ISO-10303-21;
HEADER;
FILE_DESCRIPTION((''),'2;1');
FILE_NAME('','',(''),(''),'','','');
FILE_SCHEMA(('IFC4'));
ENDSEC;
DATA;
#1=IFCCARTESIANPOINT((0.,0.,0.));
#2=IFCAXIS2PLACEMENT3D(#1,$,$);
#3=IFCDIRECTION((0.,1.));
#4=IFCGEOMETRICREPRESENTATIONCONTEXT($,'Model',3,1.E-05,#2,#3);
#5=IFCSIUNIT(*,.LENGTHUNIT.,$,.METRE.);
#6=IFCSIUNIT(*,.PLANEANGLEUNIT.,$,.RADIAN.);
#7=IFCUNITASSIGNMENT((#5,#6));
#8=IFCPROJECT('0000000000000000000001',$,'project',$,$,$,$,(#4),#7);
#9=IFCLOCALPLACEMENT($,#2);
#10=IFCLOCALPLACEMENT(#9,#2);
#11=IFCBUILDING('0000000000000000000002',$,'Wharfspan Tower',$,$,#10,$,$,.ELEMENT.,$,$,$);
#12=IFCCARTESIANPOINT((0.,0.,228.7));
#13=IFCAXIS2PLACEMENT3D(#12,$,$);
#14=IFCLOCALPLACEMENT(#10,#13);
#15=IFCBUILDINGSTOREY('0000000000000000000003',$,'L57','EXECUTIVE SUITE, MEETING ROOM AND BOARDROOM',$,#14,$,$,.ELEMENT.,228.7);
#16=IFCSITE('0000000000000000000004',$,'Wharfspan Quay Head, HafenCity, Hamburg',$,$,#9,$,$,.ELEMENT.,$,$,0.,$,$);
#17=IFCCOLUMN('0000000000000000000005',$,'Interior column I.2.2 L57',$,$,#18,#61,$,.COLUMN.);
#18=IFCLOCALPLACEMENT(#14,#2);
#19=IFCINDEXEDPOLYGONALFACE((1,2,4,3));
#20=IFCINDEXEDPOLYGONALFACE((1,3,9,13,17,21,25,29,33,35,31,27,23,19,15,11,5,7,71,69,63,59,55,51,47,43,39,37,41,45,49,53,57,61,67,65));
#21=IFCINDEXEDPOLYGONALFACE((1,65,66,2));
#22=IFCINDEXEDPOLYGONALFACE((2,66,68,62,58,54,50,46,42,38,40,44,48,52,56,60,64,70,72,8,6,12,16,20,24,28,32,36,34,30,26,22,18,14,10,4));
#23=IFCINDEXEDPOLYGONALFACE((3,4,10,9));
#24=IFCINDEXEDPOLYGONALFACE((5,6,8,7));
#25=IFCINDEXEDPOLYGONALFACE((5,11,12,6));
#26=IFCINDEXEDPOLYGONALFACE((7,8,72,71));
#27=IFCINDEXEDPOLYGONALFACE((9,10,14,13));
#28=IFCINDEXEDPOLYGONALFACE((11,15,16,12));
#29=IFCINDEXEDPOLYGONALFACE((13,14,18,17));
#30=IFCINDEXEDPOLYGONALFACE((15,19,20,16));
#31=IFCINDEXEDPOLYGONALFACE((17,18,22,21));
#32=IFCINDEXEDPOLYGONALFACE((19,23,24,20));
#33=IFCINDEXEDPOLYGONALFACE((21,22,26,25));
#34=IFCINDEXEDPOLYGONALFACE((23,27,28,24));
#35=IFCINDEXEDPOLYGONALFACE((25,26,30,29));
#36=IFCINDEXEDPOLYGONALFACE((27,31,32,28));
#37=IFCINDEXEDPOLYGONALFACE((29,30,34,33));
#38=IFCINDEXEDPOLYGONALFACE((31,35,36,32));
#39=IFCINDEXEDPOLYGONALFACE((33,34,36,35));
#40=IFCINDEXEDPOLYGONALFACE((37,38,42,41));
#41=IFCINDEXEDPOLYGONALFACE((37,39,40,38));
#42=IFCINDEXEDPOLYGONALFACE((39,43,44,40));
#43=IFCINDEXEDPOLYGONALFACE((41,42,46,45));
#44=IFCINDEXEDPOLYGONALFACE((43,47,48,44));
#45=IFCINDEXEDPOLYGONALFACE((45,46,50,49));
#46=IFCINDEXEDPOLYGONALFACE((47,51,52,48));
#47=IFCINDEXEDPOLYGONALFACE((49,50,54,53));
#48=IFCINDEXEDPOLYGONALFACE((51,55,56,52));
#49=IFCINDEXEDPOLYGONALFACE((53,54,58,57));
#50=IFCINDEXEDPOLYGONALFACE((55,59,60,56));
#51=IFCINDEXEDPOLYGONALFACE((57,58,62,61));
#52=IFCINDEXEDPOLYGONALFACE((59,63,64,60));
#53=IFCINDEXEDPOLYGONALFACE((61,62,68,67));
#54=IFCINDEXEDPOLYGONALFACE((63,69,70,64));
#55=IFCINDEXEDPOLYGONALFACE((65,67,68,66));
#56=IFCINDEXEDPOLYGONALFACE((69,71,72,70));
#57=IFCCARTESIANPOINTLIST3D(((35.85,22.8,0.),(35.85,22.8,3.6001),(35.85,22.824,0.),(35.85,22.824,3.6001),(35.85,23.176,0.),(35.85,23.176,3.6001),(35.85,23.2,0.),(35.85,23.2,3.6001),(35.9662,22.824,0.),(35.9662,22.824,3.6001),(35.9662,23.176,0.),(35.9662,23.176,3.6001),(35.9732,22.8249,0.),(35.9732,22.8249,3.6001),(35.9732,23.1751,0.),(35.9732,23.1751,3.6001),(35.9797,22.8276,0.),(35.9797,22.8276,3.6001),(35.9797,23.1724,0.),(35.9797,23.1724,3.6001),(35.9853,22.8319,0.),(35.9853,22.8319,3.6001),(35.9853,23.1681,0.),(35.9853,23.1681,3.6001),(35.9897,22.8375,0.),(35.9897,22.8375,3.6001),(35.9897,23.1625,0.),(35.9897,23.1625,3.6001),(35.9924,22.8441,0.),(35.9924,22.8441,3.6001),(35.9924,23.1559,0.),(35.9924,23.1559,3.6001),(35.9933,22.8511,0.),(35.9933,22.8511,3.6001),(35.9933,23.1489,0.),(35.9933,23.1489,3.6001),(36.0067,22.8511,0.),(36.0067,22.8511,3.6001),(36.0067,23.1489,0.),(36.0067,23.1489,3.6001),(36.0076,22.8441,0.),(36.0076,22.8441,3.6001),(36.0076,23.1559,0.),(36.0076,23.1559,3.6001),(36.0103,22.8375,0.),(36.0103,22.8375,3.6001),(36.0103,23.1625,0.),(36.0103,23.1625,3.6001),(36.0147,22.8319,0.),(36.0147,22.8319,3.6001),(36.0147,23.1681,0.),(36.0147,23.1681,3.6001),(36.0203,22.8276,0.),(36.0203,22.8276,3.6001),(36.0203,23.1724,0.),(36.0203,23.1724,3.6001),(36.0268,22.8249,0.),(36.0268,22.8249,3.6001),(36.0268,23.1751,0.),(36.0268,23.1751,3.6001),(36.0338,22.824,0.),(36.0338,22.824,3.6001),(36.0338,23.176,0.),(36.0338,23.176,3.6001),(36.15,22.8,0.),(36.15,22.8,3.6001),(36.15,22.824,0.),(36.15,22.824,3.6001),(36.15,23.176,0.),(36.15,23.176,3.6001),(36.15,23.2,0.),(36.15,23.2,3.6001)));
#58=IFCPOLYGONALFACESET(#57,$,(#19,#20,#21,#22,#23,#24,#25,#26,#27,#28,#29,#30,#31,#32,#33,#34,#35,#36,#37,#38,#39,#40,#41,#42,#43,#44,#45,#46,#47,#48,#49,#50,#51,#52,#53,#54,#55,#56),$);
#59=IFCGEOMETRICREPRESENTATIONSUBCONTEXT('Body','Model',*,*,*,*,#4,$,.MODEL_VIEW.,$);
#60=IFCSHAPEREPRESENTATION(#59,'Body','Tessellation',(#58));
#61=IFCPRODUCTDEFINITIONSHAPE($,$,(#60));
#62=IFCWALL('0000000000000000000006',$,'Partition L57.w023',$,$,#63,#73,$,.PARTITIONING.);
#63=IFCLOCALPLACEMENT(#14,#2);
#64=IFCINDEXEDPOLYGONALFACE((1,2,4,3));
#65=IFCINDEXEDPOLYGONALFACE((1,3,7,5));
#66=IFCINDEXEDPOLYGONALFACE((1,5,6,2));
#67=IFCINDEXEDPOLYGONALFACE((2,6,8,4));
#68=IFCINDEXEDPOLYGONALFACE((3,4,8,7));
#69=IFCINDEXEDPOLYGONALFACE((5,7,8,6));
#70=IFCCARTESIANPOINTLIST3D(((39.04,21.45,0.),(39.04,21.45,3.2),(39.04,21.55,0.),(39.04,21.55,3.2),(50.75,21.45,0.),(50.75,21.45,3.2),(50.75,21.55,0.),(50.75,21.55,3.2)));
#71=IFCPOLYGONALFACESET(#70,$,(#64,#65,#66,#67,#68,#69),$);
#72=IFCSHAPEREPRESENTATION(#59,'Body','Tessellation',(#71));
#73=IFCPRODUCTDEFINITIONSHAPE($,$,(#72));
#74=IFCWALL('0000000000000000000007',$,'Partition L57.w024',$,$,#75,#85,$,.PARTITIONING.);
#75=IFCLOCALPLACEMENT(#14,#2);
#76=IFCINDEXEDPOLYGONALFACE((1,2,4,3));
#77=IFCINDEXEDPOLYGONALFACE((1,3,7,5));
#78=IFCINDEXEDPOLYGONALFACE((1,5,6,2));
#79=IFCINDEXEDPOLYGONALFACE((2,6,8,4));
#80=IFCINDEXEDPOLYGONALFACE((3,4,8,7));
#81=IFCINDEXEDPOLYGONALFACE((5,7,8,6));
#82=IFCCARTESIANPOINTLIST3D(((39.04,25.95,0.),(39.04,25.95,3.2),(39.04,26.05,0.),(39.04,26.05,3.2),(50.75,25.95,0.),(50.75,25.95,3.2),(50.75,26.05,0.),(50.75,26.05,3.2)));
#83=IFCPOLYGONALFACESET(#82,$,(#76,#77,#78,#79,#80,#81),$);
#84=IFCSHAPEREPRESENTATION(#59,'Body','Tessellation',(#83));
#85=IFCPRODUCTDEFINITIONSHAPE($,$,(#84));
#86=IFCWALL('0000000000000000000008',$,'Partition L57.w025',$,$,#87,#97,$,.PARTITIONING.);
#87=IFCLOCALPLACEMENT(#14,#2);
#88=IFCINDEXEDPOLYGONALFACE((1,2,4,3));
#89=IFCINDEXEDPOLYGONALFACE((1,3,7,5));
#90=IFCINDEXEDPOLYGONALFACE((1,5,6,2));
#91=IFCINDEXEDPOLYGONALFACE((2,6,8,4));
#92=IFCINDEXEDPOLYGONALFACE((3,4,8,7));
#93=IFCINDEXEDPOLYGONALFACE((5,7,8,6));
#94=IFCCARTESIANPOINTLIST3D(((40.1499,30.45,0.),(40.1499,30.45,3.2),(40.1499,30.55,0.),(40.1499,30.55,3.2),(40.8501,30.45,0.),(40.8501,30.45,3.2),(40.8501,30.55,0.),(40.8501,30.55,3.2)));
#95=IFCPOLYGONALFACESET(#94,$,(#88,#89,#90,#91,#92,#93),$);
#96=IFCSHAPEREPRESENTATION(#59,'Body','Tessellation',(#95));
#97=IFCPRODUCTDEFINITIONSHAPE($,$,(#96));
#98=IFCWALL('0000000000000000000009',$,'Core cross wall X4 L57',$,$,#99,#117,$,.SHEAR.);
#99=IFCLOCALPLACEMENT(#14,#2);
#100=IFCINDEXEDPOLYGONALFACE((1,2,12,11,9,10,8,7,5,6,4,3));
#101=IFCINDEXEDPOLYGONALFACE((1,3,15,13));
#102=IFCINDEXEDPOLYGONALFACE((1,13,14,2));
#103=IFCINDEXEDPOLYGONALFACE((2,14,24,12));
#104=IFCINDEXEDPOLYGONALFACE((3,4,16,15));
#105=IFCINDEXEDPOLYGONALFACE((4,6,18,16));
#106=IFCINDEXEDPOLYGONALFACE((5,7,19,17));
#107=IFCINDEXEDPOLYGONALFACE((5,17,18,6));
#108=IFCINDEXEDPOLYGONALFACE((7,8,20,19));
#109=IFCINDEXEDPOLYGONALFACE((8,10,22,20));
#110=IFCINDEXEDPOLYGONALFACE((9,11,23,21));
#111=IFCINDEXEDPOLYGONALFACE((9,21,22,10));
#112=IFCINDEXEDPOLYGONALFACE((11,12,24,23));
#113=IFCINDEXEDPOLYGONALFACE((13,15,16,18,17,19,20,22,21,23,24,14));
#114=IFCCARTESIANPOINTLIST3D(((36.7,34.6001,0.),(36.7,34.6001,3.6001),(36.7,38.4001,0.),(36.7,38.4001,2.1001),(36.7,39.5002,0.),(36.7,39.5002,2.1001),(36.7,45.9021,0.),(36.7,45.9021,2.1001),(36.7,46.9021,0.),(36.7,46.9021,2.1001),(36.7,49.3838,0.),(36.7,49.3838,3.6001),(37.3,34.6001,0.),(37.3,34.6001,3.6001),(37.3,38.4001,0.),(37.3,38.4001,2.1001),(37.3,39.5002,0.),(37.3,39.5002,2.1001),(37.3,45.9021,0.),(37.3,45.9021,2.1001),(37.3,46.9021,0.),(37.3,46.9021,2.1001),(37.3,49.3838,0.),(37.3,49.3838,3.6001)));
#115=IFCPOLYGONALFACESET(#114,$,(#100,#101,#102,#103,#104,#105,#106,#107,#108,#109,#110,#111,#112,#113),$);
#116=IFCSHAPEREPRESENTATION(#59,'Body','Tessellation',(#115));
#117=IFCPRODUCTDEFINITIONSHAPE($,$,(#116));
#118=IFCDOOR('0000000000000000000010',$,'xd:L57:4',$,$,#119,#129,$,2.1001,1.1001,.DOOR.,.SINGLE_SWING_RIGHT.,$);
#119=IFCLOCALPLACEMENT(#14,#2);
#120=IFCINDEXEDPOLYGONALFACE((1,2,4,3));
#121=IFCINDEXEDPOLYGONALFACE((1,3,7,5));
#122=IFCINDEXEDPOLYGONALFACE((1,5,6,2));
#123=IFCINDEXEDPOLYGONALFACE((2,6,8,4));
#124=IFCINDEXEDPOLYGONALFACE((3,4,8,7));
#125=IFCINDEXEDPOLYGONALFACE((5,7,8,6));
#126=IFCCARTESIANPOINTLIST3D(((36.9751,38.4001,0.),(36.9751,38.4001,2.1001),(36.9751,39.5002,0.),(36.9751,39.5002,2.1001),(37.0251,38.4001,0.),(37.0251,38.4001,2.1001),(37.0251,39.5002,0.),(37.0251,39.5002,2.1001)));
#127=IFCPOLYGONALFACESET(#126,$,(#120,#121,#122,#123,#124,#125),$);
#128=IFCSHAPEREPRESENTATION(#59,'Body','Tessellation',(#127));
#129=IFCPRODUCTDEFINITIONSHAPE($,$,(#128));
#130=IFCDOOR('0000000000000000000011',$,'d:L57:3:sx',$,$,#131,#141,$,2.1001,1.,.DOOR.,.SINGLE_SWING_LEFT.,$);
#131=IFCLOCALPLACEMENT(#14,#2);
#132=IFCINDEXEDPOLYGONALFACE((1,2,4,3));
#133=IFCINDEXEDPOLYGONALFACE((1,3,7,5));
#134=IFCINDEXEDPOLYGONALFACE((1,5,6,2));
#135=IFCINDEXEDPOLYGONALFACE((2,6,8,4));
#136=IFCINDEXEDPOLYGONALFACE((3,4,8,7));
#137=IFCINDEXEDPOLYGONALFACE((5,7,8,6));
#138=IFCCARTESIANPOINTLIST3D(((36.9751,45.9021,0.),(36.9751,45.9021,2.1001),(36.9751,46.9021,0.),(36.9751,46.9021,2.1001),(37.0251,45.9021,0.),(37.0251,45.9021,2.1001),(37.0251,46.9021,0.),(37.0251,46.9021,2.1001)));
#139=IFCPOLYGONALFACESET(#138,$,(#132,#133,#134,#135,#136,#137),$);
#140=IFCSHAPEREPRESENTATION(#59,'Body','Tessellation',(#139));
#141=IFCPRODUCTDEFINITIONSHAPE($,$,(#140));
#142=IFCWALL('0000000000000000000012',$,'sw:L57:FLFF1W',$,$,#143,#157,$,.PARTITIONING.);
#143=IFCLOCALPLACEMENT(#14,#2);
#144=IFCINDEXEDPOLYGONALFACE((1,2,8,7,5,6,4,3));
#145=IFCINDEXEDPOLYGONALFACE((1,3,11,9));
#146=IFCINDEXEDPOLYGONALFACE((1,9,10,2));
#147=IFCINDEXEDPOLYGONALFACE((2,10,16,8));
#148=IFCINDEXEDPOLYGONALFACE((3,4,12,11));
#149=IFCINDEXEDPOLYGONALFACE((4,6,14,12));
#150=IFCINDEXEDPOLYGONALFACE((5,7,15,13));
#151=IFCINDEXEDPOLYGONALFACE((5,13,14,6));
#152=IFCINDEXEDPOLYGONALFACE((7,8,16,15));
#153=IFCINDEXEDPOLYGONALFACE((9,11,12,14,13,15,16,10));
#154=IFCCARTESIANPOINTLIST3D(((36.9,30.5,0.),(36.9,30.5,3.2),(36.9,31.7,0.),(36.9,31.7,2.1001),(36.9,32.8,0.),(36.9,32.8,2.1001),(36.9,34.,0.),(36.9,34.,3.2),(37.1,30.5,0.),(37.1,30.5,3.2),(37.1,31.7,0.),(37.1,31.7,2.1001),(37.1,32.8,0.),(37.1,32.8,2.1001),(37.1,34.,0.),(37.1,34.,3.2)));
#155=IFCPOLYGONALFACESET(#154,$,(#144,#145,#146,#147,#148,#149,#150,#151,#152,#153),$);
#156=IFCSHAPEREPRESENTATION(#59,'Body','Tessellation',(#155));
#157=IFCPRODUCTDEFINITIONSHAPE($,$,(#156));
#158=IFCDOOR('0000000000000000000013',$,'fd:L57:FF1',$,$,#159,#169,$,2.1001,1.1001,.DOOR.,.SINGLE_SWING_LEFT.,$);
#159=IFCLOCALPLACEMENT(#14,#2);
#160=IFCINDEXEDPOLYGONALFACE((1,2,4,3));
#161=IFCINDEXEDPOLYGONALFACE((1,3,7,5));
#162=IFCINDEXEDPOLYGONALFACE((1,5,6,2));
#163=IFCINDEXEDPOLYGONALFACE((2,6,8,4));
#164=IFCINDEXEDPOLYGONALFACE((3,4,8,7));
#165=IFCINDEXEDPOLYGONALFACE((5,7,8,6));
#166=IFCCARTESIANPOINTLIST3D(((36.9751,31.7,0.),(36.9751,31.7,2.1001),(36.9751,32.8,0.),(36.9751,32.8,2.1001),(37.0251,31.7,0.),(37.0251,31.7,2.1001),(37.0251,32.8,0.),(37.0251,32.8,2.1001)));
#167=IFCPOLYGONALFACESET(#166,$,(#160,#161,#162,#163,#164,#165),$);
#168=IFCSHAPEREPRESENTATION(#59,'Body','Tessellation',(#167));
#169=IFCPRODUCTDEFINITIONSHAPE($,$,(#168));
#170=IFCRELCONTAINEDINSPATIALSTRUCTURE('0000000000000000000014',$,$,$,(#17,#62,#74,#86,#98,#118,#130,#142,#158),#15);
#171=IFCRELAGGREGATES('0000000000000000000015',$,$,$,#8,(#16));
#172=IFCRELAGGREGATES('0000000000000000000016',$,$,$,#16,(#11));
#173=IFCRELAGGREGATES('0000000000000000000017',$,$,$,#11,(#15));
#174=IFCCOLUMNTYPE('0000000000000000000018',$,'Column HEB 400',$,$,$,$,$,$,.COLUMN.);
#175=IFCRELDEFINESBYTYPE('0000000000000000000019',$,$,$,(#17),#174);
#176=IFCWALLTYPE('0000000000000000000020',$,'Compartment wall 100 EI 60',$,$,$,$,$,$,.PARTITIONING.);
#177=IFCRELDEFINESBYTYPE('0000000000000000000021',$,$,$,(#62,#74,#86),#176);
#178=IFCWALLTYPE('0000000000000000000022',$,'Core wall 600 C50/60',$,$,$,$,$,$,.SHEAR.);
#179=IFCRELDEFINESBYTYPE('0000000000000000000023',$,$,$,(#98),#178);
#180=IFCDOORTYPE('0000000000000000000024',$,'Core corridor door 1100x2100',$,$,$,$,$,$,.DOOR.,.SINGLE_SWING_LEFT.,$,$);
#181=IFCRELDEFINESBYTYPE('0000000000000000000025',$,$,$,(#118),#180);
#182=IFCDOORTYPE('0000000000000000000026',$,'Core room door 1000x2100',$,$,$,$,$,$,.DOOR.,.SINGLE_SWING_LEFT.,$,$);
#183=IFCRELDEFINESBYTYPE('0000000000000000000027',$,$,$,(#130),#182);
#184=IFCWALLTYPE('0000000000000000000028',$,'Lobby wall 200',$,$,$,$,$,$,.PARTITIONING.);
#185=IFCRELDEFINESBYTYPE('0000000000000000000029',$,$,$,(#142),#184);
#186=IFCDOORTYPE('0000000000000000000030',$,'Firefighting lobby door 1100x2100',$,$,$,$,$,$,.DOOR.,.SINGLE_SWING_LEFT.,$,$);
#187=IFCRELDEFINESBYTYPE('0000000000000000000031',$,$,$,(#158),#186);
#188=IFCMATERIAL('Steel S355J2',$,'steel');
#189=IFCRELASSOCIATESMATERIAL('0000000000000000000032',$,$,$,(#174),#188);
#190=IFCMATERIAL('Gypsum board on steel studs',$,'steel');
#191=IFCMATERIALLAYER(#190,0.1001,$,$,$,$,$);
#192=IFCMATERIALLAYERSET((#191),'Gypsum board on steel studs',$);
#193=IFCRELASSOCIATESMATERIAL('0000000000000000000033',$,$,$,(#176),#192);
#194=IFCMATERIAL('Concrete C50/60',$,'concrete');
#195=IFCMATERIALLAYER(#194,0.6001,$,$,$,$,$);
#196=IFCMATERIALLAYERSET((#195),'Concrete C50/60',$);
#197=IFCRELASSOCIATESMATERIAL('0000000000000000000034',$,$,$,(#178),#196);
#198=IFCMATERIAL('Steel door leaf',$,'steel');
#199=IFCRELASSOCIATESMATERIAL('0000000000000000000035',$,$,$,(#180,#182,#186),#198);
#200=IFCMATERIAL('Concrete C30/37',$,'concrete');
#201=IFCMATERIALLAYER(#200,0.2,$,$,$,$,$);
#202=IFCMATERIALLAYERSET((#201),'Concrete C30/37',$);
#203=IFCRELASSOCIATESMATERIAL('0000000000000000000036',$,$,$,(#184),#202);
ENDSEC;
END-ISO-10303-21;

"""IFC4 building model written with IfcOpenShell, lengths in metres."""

from ifc_helpers import new_model, si_unit, direction, frame, frame_2d, origin, origin_2d, place, context, subcontext, project, spatial, rectangle, i_section, extrude, material, layer, layer_set, material_profile, profile_set, type_object, element, fill, save


model = new_model("IFC4")

# Units and contexts
model_context = context("Model", 3, precision=1e-05, world=origin(), true_north=direction((0.0, 1.0)))
body_context = subcontext(model_context, "Body", "Model", "MODEL_VIEW")
ifc_project = project(units=[si_unit("LENGTHUNIT", "METRE"), si_unit("PLANEANGLEUNIT", "RADIAN")], contexts=[model_context])

# Site, building, storey
site_placement = place(None, origin())
site = spatial("IfcSite", under=ifc_project, at=site_placement, Name="Wharfspan Quay Head, HafenCity, Hamburg", CompositionType="ELEMENT", RefElevation=0.0)
building_placement = place(site_placement, origin())
building = spatial("IfcBuilding", under=site, at=building_placement, Name="Wharfspan Tower", CompositionType="ELEMENT")
storey_placement = place(building_placement, frame((0.0, 0.0, 228.7)))
storey = spatial("IfcBuildingStorey", under=building, at=storey_placement, Name="L57", Description="EXECUTIVE SUITE, MEETING ROOM AND BOARDROOM", CompositionType="ELEMENT", Elevation=228.7)

# Column
ifc_material_1 = material(Name="Steel S355J2", Category="steel")
ifc_material_profile = material_profile(ifc_material_1, i_section(OverallWidth=0.3, OverallDepth=0.3999, WebThickness=0.0134, FlangeThickness=0.0239, FilletRadius=0.0271, at=origin_2d()))
ifc_profile_set = profile_set([ifc_material_profile], Name="Steel S355J2")
column_type = type_object("IfcColumnType", Name="Column HEB 400", PredefinedType="COLUMN", material=ifc_profile_set)
column_placement = place(storey_placement, frame((36.0, 23.0, 0.0), z_axis=(0.0, 0.0, 1.0), x_axis=(1.0, 0.0, 0.0)))
element("IfcColumn", 1, at=column_placement, inside=storey, type_object=column_type, Name="Interior column I.2.2 L57", PredefinedType="COLUMN", context=body_context, shape_type="SweptSolid", body=[
    extrude(i_section(OverallWidth=0.3, OverallDepth=0.3999, WebThickness=0.0134, FlangeThickness=0.0239, FilletRadius=0.0271, at=origin_2d()), origin(), (0.0, 0.0, 1.0), 3.6001),
])

# Walls
ifc_material_2 = material(Name="Gypsum board on steel studs", Category="steel")
ifc_layer_1 = layer(ifc_material_2, 0.1001)
ifc_layer_set_1 = layer_set([ifc_layer_1], Name="Gypsum board on steel studs")
wall_type_1 = type_object("IfcWallType", Name="Compartment wall 100 EI 60", PredefinedType="PARTITIONING", material=ifc_layer_set_1)
for number, where, z_axis, x_axis, name in (
    (2, (39.04, 21.5, 0.0), (0.0, 0.0, 1.0), (1.0, 0.0, 0.0), "Partition L57.w023"),
    (3, (39.04, 26.0, 0.0), (0.0, 0.0, 1.0), (1.0, 0.0, 0.0), "Partition L57.w024"),
):
    element("IfcWall", number, at=place(storey_placement, frame(where, z_axis=z_axis, x_axis=x_axis)), inside=storey, type_object=wall_type_1, Name=name, PredefinedType="PARTITIONING", context=body_context, shape_type="SweptSolid", body=[
        extrude(rectangle(XDim=11.71, YDim=0.1001, at=frame_2d((5.855, 0.0))), origin(), (0.0, 0.0, 1.0), 3.2),
    ])
wall_1_placement = place(storey_placement, frame((40.1499, 30.5, 0.0), z_axis=(0.0, 0.0, 1.0), x_axis=(1.0, 0.0, 0.0)))
element("IfcWall", 4, at=wall_1_placement, inside=storey, type_object=wall_type_1, Name="Partition L57.w025", PredefinedType="PARTITIONING", context=body_context, shape_type="SweptSolid", body=[
    extrude(rectangle(XDim=0.7002, YDim=0.1001, at=frame_2d((0.3501, 0.0))), origin(), (0.0, 0.0, 1.0), 3.2),
])

# Wall, openings, doors
ifc_material_3 = material(Name="Concrete C50/60", Category="concrete")
ifc_layer_2 = layer(ifc_material_3, 0.6001)
ifc_layer_set_2 = layer_set([ifc_layer_2], Name="Concrete C50/60")
wall_type_2 = type_object("IfcWallType", Name="Core wall 600 C50/60", PredefinedType="SHEAR", material=ifc_layer_set_2)
wall_2_placement = place(storey_placement, frame((37.0, 34.6001, 0.0), z_axis=(0.0, 0.0, 1.0), x_axis=(0.0, 1.0, 0.0)))
wall_2 = element("IfcWall", 5, at=wall_2_placement, inside=storey, type_object=wall_type_2, Name="Core cross wall X4 L57", PredefinedType="SHEAR", context=body_context, shape_type="SweptSolid", body=[
    extrude(rectangle(XDim=14.7837, YDim=0.6001, at=frame_2d((7.3918, 0.0))), origin(), (0.0, 0.0, 1.0), 3.6001),
])
opening_1_placement = place(wall_2_placement, frame((11.302, 0.0, 0.0)))
opening_1 = element("IfcOpeningElement", 6, at=opening_1_placement, cuts=wall_2, PredefinedType="OPENING", context=body_context, shape_type="SweptSolid", body=[
    extrude(rectangle(XDim=1.0, YDim=2.1001, at=frame_2d((0.5, 1.05))), frame((0.0, 0.3101, 0.0), z_axis=(0.0, -1.0, 0.0), x_axis=(1.0, 0.0, 0.0)), (0.0, 0.0, 1.0), 0.6201),
])
opening_2_placement = place(wall_2_placement, frame((3.8, 0.0, 0.0)))
opening_2 = element("IfcOpeningElement", 7, at=opening_2_placement, cuts=wall_2, PredefinedType="OPENING", context=body_context, shape_type="SweptSolid", body=[
    extrude(rectangle(XDim=1.1001, YDim=2.1001, at=frame_2d((0.55, 1.05))), frame((0.0, 0.3101, 0.0), z_axis=(0.0, -1.0, 0.0), x_axis=(1.0, 0.0, 0.0)), (0.0, 0.0, 1.0), 0.6201),
])
ifc_material_4 = material(Name="Steel door leaf", Category="steel")
door_type_1 = type_object("IfcDoorType", Name="Core corridor door 1100x2100", OperationType="SINGLE_SWING_LEFT", PredefinedType="DOOR", material=ifc_material_4)
door_1_placement = place(opening_2_placement, origin())
door_1 = element("IfcDoor", 8, at=door_1_placement, inside=storey, type_object=door_type_1, Name="xd:L57:4", OperationType="SINGLE_SWING_RIGHT", OverallHeight=2.1001, OverallWidth=1.1001, PredefinedType="DOOR", context=body_context, shape_type="SweptSolid", body=[
    extrude(rectangle(XDim=1.1001, YDim=2.1001, at=frame_2d((0.55, 1.05))), frame((0.0, 0.0249, 0.0), z_axis=(0.0, -1.0, 0.0), x_axis=(1.0, 0.0, 0.0)), (0.0, 0.0, 1.0), 0.05),
])
fill(opening_2, door_1)
door_type_2 = type_object("IfcDoorType", Name="Core room door 1000x2100", OperationType="SINGLE_SWING_LEFT", PredefinedType="DOOR", material=ifc_material_4)
door_2_placement = place(opening_1_placement, origin())
door_2 = element("IfcDoor", 9, at=door_2_placement, inside=storey, type_object=door_type_2, Name="d:L57:3:sx", OperationType="SINGLE_SWING_LEFT", OverallHeight=2.1001, OverallWidth=1.0, PredefinedType="DOOR", context=body_context, shape_type="SweptSolid", body=[
    extrude(rectangle(XDim=1.0, YDim=2.1001, at=frame_2d((0.5, 1.05))), frame((0.0, 0.0249, 0.0), z_axis=(0.0, -1.0, 0.0), x_axis=(1.0, 0.0, 0.0)), (0.0, 0.0, 1.0), 0.05),
])
fill(opening_1, door_2)

# Wall, opening, door
ifc_material_5 = material(Name="Concrete C30/37", Category="concrete")
ifc_layer_3 = layer(ifc_material_5, 0.2)
ifc_layer_set_3 = layer_set([ifc_layer_3], Name="Concrete C30/37")
wall_type_3 = type_object("IfcWallType", Name="Lobby wall 200", PredefinedType="PARTITIONING", material=ifc_layer_set_3)
wall_3_placement = place(storey_placement, frame((37.0, 30.5, 0.0), z_axis=(0.0, 0.0, 1.0), x_axis=(0.0, 1.0, 0.0)))
wall_3 = element("IfcWall", 10, at=wall_3_placement, inside=storey, type_object=wall_type_3, Name="sw:L57:FLFF1W", PredefinedType="PARTITIONING", context=body_context, shape_type="SweptSolid", body=[
    extrude(rectangle(XDim=3.5, YDim=0.2, at=frame_2d((1.75, 0.0))), origin(), (0.0, 0.0, 1.0), 3.2),
])
opening_3_placement = place(wall_3_placement, frame((1.2, 0.0, 0.0)))
opening_3 = element("IfcOpeningElement", 11, at=opening_3_placement, cuts=wall_3, PredefinedType="OPENING", context=body_context, shape_type="SweptSolid", body=[
    extrude(rectangle(XDim=1.1001, YDim=2.1001, at=frame_2d((0.55, 1.05))), frame((0.0, 0.1099, 0.0), z_axis=(0.0, -1.0, 0.0), x_axis=(1.0, 0.0, 0.0)), (0.0, 0.0, 1.0), 0.22),
])
door_type_3 = type_object("IfcDoorType", Name="Firefighting lobby door 1100x2100", OperationType="SINGLE_SWING_LEFT", PredefinedType="DOOR", material=ifc_material_4)
door_3_placement = place(opening_3_placement, origin())
door_3 = element("IfcDoor", 12, at=door_3_placement, inside=storey, type_object=door_type_3, Name="fd:L57:FF1", OperationType="SINGLE_SWING_LEFT", OverallHeight=2.1001, OverallWidth=1.1001, PredefinedType="DOOR", context=body_context, shape_type="SweptSolid", body=[
    extrude(rectangle(XDim=1.1001, YDim=2.1001, at=frame_2d((0.55, 1.05))), frame((0.0, 0.0249, 0.0), z_axis=(0.0, -1.0, 0.0), x_axis=(1.0, 0.0, 0.0)), (0.0, 0.0, 1.0), 0.05),
])
fill(opening_3, door_3)

save(model, "model.ifc")
